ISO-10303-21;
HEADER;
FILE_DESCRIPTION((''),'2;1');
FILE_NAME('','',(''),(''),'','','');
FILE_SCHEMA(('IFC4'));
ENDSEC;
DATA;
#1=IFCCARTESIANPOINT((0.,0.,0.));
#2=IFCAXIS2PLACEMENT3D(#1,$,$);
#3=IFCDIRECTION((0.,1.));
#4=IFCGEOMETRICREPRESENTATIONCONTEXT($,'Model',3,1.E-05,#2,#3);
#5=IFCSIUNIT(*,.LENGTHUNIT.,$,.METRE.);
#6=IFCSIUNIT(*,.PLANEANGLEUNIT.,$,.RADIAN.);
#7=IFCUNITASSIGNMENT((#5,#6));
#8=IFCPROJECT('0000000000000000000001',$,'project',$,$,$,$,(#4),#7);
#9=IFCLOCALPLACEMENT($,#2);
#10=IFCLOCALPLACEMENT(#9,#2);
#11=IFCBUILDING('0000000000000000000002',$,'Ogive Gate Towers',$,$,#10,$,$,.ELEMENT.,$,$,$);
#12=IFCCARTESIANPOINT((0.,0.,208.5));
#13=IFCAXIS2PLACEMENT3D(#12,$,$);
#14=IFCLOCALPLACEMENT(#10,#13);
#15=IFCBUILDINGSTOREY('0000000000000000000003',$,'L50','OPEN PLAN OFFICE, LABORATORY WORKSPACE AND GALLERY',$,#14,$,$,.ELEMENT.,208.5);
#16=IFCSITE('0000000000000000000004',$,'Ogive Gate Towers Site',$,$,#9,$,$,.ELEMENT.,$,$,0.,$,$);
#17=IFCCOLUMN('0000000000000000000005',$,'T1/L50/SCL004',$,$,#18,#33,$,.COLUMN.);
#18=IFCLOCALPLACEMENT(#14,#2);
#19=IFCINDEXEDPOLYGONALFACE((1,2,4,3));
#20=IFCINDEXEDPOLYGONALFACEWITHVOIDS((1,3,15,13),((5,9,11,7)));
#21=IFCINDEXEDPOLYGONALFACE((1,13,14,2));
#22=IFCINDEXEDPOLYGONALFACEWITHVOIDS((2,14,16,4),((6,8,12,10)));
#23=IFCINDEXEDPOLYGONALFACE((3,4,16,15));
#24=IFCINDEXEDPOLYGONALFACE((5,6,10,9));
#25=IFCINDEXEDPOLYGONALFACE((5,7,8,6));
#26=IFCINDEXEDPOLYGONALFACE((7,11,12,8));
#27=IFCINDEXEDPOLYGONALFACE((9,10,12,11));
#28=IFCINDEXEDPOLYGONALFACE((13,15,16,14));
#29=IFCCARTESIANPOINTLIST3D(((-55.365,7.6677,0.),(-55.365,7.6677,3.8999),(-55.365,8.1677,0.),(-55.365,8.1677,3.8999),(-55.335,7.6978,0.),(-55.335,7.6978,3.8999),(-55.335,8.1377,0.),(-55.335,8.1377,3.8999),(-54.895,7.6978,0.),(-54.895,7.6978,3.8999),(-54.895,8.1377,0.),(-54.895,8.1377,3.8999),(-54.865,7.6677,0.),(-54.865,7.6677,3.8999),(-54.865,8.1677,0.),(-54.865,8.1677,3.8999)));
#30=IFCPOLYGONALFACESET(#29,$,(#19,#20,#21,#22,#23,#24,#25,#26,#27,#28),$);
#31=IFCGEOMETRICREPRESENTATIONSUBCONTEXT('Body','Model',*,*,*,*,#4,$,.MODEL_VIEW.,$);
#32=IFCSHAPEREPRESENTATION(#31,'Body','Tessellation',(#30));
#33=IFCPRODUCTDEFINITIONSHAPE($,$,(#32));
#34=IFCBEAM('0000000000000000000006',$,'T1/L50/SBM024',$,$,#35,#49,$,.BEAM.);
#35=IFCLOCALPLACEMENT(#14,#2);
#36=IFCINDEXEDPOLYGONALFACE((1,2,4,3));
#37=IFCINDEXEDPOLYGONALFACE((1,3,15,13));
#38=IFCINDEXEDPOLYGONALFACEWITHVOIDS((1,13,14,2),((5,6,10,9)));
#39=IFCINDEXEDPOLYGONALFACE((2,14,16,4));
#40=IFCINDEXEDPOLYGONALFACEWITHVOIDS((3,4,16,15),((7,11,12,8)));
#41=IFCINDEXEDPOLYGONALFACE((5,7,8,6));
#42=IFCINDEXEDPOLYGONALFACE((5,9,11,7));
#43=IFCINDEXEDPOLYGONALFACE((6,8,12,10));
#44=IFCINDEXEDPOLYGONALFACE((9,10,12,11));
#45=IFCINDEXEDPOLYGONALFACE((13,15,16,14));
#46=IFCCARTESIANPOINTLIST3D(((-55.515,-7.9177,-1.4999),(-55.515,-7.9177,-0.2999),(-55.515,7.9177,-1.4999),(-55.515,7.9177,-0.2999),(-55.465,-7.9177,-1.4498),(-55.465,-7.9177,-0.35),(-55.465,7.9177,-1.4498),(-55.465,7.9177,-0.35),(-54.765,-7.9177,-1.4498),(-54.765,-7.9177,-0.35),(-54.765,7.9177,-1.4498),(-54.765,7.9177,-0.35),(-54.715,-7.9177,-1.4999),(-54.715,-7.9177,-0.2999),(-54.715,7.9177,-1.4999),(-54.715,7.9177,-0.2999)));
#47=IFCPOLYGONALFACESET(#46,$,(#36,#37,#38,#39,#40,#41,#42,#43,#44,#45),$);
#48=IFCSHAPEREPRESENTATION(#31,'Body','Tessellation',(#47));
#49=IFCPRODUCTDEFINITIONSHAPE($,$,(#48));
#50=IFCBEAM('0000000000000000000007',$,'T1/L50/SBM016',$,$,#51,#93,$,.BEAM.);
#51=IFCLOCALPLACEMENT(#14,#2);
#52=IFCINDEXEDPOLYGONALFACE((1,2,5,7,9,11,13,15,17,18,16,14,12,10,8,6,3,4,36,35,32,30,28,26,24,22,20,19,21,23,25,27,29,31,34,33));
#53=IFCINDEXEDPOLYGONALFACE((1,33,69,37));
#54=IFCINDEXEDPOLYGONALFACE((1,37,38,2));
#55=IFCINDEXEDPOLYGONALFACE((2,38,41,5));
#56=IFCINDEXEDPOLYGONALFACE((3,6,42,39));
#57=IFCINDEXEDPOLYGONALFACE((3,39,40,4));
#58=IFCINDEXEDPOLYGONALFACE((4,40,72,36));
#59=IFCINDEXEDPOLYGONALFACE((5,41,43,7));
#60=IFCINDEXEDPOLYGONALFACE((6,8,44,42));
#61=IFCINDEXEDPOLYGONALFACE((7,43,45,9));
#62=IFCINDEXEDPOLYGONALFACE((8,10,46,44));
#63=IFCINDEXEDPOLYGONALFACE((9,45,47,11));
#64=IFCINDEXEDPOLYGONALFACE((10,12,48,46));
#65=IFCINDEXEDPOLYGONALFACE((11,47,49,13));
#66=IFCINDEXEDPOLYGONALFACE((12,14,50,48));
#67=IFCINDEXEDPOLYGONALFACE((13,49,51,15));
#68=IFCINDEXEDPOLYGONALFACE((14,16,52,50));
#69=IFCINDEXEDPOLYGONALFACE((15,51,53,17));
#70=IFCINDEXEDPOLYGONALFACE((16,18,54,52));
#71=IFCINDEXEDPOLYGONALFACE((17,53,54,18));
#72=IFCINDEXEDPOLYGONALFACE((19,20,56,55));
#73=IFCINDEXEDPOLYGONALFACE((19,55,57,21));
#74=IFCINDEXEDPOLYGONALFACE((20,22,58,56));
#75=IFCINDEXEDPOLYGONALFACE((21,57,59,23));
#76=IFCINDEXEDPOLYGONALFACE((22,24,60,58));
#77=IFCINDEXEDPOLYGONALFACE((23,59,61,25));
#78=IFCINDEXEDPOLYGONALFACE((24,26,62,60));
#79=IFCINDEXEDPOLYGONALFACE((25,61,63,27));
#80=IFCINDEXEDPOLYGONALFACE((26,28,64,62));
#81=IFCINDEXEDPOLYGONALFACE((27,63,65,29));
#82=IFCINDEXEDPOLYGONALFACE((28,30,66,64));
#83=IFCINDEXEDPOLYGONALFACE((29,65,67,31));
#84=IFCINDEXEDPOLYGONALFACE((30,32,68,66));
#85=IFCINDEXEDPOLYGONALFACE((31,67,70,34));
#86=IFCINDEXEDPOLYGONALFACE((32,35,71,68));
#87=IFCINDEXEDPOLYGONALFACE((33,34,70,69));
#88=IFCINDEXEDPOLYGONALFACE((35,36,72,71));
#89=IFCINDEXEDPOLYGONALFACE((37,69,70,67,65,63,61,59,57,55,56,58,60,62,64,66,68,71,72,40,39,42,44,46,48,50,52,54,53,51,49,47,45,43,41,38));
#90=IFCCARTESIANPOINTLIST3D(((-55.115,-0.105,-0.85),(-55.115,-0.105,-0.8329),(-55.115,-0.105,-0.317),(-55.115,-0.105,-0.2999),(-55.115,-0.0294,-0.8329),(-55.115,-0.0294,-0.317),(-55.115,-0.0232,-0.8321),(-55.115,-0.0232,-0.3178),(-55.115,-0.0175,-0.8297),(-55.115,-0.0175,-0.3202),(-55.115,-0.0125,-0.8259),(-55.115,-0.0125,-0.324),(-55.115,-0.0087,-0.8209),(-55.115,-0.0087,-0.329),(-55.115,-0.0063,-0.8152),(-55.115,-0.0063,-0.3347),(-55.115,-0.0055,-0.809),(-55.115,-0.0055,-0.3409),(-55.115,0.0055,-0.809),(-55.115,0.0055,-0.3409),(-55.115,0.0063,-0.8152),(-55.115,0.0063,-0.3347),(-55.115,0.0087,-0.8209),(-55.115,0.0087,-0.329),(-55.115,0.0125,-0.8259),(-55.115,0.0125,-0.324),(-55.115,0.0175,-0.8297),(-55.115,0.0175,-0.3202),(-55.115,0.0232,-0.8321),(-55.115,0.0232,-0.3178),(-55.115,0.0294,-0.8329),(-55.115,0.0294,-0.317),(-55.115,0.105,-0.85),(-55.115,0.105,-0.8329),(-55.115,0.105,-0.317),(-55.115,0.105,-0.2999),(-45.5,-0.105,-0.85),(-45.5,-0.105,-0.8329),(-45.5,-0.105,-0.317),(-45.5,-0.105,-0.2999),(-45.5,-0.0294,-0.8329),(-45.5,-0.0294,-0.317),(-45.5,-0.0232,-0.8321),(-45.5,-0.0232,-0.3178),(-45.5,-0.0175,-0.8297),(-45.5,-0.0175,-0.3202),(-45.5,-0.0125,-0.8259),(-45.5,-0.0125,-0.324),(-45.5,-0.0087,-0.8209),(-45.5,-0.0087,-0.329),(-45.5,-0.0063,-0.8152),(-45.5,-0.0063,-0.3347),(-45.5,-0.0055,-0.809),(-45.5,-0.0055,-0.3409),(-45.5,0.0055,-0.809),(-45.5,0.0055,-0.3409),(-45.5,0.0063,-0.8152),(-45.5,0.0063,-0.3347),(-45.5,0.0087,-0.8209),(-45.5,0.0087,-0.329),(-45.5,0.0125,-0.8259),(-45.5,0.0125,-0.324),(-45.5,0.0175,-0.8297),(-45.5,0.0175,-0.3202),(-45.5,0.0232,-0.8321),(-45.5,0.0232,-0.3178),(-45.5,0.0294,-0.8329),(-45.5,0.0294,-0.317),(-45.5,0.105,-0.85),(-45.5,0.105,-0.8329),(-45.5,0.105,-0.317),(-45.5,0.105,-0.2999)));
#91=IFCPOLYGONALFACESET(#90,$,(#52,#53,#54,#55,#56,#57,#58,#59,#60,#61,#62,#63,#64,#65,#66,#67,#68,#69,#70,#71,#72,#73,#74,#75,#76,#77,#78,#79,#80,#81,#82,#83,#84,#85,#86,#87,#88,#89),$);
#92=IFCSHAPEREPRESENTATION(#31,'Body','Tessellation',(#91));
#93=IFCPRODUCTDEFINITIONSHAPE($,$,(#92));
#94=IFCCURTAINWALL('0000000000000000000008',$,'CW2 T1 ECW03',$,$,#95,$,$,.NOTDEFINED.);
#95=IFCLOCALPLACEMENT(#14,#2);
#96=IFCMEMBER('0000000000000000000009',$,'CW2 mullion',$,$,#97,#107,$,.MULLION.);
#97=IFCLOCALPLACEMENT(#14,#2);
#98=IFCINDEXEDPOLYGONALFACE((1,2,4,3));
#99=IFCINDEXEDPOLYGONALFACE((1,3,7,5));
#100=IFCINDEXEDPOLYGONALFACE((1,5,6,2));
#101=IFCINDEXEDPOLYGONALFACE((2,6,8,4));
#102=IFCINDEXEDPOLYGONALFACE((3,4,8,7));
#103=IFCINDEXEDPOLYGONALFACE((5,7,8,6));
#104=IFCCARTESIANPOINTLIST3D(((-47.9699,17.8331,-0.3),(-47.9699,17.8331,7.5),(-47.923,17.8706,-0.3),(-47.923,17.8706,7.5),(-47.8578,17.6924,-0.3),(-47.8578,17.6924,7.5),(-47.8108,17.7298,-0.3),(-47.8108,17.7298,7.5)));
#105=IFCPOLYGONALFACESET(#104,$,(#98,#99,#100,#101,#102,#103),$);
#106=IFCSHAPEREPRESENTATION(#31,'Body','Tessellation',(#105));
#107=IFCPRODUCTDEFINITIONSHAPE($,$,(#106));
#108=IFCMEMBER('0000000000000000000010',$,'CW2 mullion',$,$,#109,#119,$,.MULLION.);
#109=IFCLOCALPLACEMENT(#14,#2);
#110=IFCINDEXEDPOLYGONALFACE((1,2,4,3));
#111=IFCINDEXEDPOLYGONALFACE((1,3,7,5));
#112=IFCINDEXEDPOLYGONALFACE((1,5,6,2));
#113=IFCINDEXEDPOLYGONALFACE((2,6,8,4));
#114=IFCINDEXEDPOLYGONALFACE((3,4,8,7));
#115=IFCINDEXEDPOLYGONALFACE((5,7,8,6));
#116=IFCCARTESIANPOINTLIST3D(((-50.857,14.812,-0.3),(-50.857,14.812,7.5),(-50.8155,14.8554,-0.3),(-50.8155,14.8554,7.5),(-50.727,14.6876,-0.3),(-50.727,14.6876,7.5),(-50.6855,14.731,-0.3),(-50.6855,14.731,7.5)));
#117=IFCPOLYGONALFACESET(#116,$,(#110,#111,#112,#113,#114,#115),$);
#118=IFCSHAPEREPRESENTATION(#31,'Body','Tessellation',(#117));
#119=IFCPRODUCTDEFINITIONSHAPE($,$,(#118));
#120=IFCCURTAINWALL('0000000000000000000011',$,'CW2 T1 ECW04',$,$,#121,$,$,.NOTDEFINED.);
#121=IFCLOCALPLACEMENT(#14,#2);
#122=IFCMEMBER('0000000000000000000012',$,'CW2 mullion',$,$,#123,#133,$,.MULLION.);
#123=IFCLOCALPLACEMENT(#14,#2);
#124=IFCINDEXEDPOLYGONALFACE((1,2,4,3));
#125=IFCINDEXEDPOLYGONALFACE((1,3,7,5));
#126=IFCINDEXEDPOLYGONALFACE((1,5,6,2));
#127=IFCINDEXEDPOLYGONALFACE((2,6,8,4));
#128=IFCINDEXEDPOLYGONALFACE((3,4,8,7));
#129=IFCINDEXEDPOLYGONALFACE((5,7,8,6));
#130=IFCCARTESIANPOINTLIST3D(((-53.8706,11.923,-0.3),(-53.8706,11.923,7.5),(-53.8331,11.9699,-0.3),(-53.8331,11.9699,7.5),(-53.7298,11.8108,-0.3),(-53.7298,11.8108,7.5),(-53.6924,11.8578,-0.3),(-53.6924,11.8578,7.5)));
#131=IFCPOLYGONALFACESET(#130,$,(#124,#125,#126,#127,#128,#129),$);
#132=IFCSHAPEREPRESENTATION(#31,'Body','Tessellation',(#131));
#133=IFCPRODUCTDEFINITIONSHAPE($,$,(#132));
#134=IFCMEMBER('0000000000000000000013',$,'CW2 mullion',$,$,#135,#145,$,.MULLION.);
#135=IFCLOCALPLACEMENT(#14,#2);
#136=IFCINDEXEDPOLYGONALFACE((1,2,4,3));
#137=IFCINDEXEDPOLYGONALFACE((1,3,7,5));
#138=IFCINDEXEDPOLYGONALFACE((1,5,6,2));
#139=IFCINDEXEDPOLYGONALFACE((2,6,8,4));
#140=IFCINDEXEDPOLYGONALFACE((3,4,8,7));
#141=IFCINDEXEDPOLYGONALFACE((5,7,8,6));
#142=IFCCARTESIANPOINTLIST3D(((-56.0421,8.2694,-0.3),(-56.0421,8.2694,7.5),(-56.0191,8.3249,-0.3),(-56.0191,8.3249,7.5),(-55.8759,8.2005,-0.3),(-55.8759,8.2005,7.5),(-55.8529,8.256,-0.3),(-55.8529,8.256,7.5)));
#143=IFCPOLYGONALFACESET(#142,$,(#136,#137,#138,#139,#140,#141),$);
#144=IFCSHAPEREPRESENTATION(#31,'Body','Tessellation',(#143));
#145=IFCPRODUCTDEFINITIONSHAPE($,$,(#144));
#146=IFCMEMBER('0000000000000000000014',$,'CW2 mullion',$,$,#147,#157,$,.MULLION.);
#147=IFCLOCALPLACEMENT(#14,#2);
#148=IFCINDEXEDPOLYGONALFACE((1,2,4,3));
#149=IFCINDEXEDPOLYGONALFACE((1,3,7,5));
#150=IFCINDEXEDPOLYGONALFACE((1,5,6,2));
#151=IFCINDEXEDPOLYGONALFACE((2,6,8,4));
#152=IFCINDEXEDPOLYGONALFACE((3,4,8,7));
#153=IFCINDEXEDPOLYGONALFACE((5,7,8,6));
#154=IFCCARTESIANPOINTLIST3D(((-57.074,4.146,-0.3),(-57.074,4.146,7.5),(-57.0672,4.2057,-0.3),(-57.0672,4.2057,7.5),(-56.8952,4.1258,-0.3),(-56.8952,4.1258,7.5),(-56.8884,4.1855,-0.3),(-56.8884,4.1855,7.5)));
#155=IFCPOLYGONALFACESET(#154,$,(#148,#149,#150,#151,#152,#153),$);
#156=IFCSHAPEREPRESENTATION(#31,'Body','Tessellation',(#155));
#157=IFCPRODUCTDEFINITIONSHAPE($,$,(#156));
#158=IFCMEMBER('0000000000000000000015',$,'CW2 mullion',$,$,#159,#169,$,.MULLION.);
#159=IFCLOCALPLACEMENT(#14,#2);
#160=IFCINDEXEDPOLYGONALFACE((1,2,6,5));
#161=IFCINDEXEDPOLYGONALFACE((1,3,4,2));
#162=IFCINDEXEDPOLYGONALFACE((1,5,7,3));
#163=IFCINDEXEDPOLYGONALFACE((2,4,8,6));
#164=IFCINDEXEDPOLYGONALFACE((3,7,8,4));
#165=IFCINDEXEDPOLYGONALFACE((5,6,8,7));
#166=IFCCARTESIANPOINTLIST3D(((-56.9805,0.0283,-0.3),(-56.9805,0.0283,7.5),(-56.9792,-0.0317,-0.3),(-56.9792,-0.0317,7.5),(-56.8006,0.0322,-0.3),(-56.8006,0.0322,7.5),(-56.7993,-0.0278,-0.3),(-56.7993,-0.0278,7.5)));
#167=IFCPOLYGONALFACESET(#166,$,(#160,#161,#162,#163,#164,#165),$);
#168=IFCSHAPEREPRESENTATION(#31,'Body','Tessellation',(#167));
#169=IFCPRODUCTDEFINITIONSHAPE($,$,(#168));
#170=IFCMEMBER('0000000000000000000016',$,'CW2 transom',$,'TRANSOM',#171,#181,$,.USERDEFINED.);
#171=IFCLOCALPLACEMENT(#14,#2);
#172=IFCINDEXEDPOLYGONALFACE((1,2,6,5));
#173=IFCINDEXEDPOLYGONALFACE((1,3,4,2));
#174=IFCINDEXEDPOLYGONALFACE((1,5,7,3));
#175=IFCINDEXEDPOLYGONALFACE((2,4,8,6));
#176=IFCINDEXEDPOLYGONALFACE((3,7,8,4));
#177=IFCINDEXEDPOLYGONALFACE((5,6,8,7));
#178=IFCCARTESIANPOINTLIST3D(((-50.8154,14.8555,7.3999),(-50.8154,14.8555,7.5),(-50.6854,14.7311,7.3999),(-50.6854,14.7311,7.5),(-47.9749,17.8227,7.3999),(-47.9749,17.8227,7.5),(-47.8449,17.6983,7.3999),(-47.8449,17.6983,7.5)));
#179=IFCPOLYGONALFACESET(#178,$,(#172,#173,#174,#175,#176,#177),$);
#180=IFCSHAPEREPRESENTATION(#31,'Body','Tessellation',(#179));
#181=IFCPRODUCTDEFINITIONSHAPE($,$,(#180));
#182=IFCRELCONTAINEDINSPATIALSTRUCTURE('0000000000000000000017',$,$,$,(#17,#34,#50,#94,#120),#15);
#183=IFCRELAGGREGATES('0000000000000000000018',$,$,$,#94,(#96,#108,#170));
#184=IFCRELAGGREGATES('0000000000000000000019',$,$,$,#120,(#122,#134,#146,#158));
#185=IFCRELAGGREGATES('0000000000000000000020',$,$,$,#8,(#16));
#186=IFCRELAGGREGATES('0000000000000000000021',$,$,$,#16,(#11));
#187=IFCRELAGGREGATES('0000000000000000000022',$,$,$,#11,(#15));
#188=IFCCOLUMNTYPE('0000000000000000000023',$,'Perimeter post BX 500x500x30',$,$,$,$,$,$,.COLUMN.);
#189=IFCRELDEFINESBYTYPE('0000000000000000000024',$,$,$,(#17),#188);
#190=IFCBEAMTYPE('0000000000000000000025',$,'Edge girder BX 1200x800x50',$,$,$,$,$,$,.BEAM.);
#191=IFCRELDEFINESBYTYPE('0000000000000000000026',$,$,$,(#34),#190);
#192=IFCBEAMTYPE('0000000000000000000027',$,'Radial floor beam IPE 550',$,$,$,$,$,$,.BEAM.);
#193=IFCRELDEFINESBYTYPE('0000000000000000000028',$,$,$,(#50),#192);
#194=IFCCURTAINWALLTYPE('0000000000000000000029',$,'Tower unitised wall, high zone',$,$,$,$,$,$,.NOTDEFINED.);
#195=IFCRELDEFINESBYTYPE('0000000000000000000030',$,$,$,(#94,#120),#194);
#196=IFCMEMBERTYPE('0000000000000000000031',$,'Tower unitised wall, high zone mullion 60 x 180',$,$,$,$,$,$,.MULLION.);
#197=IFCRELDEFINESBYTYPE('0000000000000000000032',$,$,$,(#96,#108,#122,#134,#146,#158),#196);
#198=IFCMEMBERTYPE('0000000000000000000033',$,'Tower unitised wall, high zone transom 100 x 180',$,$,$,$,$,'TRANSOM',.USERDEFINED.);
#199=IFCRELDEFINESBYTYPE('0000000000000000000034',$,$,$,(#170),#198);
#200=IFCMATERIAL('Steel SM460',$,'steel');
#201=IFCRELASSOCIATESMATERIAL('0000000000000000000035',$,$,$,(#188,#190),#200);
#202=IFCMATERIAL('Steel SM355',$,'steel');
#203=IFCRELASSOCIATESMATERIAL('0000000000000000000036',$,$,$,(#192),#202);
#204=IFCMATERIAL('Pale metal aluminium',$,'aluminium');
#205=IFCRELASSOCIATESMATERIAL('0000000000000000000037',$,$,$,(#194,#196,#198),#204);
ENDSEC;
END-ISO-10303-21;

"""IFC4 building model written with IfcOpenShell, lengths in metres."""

from ifc_helpers import new_model, si_unit, direction, frame, origin, origin_2d, place, context, subcontext, project, spatial, rectangle, hollow_rectangle, i_section, extrude, material, material_profile, profile_set, type_object, element, aggregate, save


model = new_model("IFC4")

# Units and contexts
model_context = context("Model", 3, precision=1e-05, world=origin(), true_north=direction((0.0, 1.0)))
body_context = subcontext(model_context, "Body", "Model", "MODEL_VIEW")
ifc_project = project(units=[si_unit("LENGTHUNIT", "METRE"), si_unit("PLANEANGLEUNIT", "RADIAN")], contexts=[model_context])

# Site, building, storey
site_placement = place(None, origin())
site = spatial("IfcSite", under=ifc_project, at=site_placement, Name="Ogive Gate Towers Site", CompositionType="ELEMENT", RefElevation=0.0)
building_placement = place(site_placement, origin())
building = spatial("IfcBuilding", under=site, at=building_placement, Name="Ogive Gate Towers", CompositionType="ELEMENT")
storey_placement = place(building_placement, frame((0.0, 0.0, 208.5)))
storey = spatial("IfcBuildingStorey", under=building, at=storey_placement, Name="L50", Description="OPEN PLAN OFFICE, LABORATORY WORKSPACE AND GALLERY", CompositionType="ELEMENT", Elevation=208.5)

# Column
ifc_material_1 = material(Name="Steel SM460", Category="steel")
ifc_material_profile_1 = material_profile(ifc_material_1, hollow_rectangle(XDim=0.5, YDim=0.5, WallThickness=0.03, at=origin_2d()), Name="BX 500x500x30")
ifc_profile_set_1 = profile_set([ifc_material_profile_1], Name="Steel SM460")
column_type = type_object("IfcColumnType", Name="Perimeter post BX 500x500x30", PredefinedType="COLUMN", material=ifc_profile_set_1)
column_placement = place(storey_placement, frame((-55.115, 7.9177, 0.0), z_axis=(0.0, 0.0, 1.0), x_axis=(1.0, 0.0, 0.0)))
element("IfcColumn", 1, at=column_placement, inside=storey, type_object=column_type, Name="T1/L50/SCL004", PredefinedType="COLUMN", context=body_context, shape_type="SweptSolid", body=[
    extrude(hollow_rectangle(XDim=0.5, YDim=0.5, WallThickness=0.03, at=origin_2d()), origin(), (0.0, 0.0, 1.0), 3.8999),
])

# Beams
ifc_material_profile_2 = material_profile(ifc_material_1, hollow_rectangle(XDim=0.8, YDim=1.2, WallThickness=0.05, at=origin_2d()), Name="BX 1200x800x50")
ifc_profile_set_2 = profile_set([ifc_material_profile_2], Name="Steel SM460")
beam_type_1 = type_object("IfcBeamType", Name="Edge girder BX 1200x800x50", PredefinedType="BEAM", material=ifc_profile_set_2)
beam_1_placement = place(storey_placement, frame((-55.115, 7.9177, -0.8999), z_axis=(0.0, -1.0, 0.0), x_axis=(1.0, 0.0, 0.0)))
element("IfcBeam", 2, at=beam_1_placement, inside=storey, type_object=beam_type_1, Name="T1/L50/SBM024", PredefinedType="BEAM", context=body_context, shape_type="SweptSolid", body=[
    extrude(hollow_rectangle(XDim=0.8, YDim=1.2, WallThickness=0.05, at=origin_2d()), origin(), (0.0, 0.0, 1.0), 15.8354),
])
ifc_material_2 = material(Name="Steel SM355", Category="steel")
ifc_material_profile_3 = material_profile(ifc_material_2, i_section(OverallWidth=0.21, OverallDepth=0.55, WebThickness=0.011, FlangeThickness=0.0171, FilletRadius=0.0239, at=origin_2d()), Name="IPE 550")
ifc_profile_set_3 = profile_set([ifc_material_profile_3], Name="Steel SM355")
beam_type_2 = type_object("IfcBeamType", Name="Radial floor beam IPE 550", PredefinedType="BEAM", material=ifc_profile_set_3)
beam_2_placement = place(storey_placement, frame((-45.5, 0.0, -0.575), z_axis=(-1.0, 0.0, 0.0), x_axis=(0.0, -1.0, 0.0)))
element("IfcBeam", 3, at=beam_2_placement, inside=storey, type_object=beam_type_2, Name="T1/L50/SBM016", PredefinedType="BEAM", context=body_context, shape_type="SweptSolid", body=[
    extrude(i_section(OverallWidth=0.21, OverallDepth=0.55, WebThickness=0.011, FlangeThickness=0.0171, FilletRadius=0.0239, at=origin_2d()), origin(), (0.0, 0.0, 1.0), 9.615),
])

# Curtain walls, members
ifc_material_3 = material(Name="Pale metal aluminium", Category="aluminium")
curtain_wall_type = type_object("IfcCurtainWallType", Name="Tower unitised wall, high zone", PredefinedType="NOTDEFINED", material=ifc_material_3)
curtain_wall_1_placement = place(storey_placement, origin())
curtain_wall_1 = element("IfcCurtainWall", 4, at=curtain_wall_1_placement, inside=storey, type_object=curtain_wall_type, Name="CW2 T1 ECW03", PredefinedType="NOTDEFINED")
ifc_material_profile_4 = material_profile(ifc_material_3, rectangle(XDim=0.1799, YDim=0.0601, at=origin_2d()), Name="60 x 180 aluminium box")
ifc_profile_set_4 = profile_set([ifc_material_profile_4], Name="Pale metal aluminium")
member_type_1 = type_object("IfcMemberType", Name="Tower unitised wall, high zone mullion 60 x 180", PredefinedType="MULLION", material=ifc_profile_set_4)
member_1_placement = place(storey_placement, frame((-47.8904, 17.7815, -0.3), z_axis=(0.0, 0.0, 1.0), x_axis=(-0.623156, 0.782097, 0.0)))
member_1 = element("IfcMember", 5, at=member_1_placement, type_object=member_type_1, Name="CW2 mullion", PredefinedType="MULLION", context=body_context, shape_type="SweptSolid", body=[
    extrude(rectangle(XDim=0.1799, YDim=0.0601, at=origin_2d()), origin(), (0.0, 0.0, 1.0), 7.8),
])
member_2_placement = place(storey_placement, frame((-50.7712, 14.7715, -0.3), z_axis=(0.0, 0.0, 1.0), x_axis=(-0.722376, 0.6915, 0.0)))
member_2 = element("IfcMember", 6, at=member_2_placement, type_object=member_type_1, Name="CW2 mullion", PredefinedType="MULLION", context=body_context, shape_type="SweptSolid", body=[
    extrude(rectangle(XDim=0.1799, YDim=0.0601, at=origin_2d()), origin(), (0.0, 0.0, 1.0), 7.8),
])
curtain_wall_2_placement = place(storey_placement, origin())
curtain_wall_2 = element("IfcCurtainWall", 7, at=curtain_wall_2_placement, inside=storey, type_object=curtain_wall_type, Name="CW2 T1 ECW04", PredefinedType="NOTDEFINED")
member_3_placement = place(storey_placement, frame((-53.7815, 11.8904, -0.3), z_axis=(0.0, 0.0, 1.0), x_axis=(-0.782097, 0.623156, 0.0)))
member_3 = element("IfcMember", 8, at=member_3_placement, type_object=member_type_1, Name="CW2 mullion", PredefinedType="MULLION", context=body_context, shape_type="SweptSolid", body=[
    extrude(rectangle(XDim=0.1799, YDim=0.0601, at=origin_2d()), origin(), (0.0, 0.0, 1.0), 7.8),
])
member_4_placement = place(storey_placement, frame((-55.9475, 8.2627, -0.3), z_axis=(0.0, 0.0, 1.0), x_axis=(-0.92388, 0.382683, 0.0)))
member_4 = element("IfcMember", 9, at=member_4_placement, type_object=member_type_1, Name="CW2 mullion", PredefinedType="MULLION", context=body_context, shape_type="SweptSolid", body=[
    extrude(rectangle(XDim=0.1799, YDim=0.0601, at=origin_2d()), origin(), (0.0, 0.0, 1.0), 7.8),
])
member_5_placement = place(storey_placement, frame((-56.9812, 4.1658, -0.3), z_axis=(0.0, 0.0, 1.0), x_axis=(-0.993662, 0.112405, 0.0)))
member_5 = element("IfcMember", 10, at=member_5_placement, type_object=member_type_1, Name="CW2 mullion", PredefinedType="MULLION", context=body_context, shape_type="SweptSolid", body=[
    extrude(rectangle(XDim=0.1799, YDim=0.0601, at=origin_2d()), origin(), (0.0, 0.0, 1.0), 7.8),
])
member_6_placement = place(storey_placement, frame((-56.8899, 0.0002, -0.3), z_axis=(0.0, 0.0, 1.0), x_axis=(-0.999762, -0.021832, 0.0)))
member_6 = element("IfcMember", 11, at=member_6_placement, type_object=member_type_1, Name="CW2 mullion", PredefinedType="MULLION", context=body_context, shape_type="SweptSolid", body=[
    extrude(rectangle(XDim=0.1799, YDim=0.0601, at=origin_2d()), origin(), (0.0, 0.0, 1.0), 7.8),
])

# Member
ifc_material_profile_5 = material_profile(ifc_material_3, rectangle(XDim=0.1799, YDim=0.1001, at=origin_2d()), Name="100 x 180 aluminium box")
ifc_profile_set_5 = profile_set([ifc_material_profile_5], Name="Pale metal aluminium")
member_type_2 = type_object("IfcMemberType", Name="Tower unitised wall, high zone transom 100 x 180", ElementType="TRANSOM", PredefinedType="USERDEFINED", material=ifc_profile_set_5)
member_7_placement = place(storey_placement, frame((-47.9099, 17.7605, 7.45), z_axis=(-0.691515, -0.722362, 0.0), x_axis=(0.722362, -0.691515, 0.0)))
member_7 = element("IfcMember", 12, at=member_7_placement, type_object=member_type_2, Name="CW2 transom", ObjectType="TRANSOM", PredefinedType="USERDEFINED", context=body_context, shape_type="SweptSolid", body=[
    extrude(rectangle(XDim=0.1799, YDim=0.1001, at=origin_2d()), origin(), (0.0, 0.0, 1.0), 4.1077),
])

aggregate(curtain_wall_1, [member_1, member_2, member_7])
aggregate(curtain_wall_2, [member_3, member_4, member_5, member_6])

save(model, "model.ifc")
